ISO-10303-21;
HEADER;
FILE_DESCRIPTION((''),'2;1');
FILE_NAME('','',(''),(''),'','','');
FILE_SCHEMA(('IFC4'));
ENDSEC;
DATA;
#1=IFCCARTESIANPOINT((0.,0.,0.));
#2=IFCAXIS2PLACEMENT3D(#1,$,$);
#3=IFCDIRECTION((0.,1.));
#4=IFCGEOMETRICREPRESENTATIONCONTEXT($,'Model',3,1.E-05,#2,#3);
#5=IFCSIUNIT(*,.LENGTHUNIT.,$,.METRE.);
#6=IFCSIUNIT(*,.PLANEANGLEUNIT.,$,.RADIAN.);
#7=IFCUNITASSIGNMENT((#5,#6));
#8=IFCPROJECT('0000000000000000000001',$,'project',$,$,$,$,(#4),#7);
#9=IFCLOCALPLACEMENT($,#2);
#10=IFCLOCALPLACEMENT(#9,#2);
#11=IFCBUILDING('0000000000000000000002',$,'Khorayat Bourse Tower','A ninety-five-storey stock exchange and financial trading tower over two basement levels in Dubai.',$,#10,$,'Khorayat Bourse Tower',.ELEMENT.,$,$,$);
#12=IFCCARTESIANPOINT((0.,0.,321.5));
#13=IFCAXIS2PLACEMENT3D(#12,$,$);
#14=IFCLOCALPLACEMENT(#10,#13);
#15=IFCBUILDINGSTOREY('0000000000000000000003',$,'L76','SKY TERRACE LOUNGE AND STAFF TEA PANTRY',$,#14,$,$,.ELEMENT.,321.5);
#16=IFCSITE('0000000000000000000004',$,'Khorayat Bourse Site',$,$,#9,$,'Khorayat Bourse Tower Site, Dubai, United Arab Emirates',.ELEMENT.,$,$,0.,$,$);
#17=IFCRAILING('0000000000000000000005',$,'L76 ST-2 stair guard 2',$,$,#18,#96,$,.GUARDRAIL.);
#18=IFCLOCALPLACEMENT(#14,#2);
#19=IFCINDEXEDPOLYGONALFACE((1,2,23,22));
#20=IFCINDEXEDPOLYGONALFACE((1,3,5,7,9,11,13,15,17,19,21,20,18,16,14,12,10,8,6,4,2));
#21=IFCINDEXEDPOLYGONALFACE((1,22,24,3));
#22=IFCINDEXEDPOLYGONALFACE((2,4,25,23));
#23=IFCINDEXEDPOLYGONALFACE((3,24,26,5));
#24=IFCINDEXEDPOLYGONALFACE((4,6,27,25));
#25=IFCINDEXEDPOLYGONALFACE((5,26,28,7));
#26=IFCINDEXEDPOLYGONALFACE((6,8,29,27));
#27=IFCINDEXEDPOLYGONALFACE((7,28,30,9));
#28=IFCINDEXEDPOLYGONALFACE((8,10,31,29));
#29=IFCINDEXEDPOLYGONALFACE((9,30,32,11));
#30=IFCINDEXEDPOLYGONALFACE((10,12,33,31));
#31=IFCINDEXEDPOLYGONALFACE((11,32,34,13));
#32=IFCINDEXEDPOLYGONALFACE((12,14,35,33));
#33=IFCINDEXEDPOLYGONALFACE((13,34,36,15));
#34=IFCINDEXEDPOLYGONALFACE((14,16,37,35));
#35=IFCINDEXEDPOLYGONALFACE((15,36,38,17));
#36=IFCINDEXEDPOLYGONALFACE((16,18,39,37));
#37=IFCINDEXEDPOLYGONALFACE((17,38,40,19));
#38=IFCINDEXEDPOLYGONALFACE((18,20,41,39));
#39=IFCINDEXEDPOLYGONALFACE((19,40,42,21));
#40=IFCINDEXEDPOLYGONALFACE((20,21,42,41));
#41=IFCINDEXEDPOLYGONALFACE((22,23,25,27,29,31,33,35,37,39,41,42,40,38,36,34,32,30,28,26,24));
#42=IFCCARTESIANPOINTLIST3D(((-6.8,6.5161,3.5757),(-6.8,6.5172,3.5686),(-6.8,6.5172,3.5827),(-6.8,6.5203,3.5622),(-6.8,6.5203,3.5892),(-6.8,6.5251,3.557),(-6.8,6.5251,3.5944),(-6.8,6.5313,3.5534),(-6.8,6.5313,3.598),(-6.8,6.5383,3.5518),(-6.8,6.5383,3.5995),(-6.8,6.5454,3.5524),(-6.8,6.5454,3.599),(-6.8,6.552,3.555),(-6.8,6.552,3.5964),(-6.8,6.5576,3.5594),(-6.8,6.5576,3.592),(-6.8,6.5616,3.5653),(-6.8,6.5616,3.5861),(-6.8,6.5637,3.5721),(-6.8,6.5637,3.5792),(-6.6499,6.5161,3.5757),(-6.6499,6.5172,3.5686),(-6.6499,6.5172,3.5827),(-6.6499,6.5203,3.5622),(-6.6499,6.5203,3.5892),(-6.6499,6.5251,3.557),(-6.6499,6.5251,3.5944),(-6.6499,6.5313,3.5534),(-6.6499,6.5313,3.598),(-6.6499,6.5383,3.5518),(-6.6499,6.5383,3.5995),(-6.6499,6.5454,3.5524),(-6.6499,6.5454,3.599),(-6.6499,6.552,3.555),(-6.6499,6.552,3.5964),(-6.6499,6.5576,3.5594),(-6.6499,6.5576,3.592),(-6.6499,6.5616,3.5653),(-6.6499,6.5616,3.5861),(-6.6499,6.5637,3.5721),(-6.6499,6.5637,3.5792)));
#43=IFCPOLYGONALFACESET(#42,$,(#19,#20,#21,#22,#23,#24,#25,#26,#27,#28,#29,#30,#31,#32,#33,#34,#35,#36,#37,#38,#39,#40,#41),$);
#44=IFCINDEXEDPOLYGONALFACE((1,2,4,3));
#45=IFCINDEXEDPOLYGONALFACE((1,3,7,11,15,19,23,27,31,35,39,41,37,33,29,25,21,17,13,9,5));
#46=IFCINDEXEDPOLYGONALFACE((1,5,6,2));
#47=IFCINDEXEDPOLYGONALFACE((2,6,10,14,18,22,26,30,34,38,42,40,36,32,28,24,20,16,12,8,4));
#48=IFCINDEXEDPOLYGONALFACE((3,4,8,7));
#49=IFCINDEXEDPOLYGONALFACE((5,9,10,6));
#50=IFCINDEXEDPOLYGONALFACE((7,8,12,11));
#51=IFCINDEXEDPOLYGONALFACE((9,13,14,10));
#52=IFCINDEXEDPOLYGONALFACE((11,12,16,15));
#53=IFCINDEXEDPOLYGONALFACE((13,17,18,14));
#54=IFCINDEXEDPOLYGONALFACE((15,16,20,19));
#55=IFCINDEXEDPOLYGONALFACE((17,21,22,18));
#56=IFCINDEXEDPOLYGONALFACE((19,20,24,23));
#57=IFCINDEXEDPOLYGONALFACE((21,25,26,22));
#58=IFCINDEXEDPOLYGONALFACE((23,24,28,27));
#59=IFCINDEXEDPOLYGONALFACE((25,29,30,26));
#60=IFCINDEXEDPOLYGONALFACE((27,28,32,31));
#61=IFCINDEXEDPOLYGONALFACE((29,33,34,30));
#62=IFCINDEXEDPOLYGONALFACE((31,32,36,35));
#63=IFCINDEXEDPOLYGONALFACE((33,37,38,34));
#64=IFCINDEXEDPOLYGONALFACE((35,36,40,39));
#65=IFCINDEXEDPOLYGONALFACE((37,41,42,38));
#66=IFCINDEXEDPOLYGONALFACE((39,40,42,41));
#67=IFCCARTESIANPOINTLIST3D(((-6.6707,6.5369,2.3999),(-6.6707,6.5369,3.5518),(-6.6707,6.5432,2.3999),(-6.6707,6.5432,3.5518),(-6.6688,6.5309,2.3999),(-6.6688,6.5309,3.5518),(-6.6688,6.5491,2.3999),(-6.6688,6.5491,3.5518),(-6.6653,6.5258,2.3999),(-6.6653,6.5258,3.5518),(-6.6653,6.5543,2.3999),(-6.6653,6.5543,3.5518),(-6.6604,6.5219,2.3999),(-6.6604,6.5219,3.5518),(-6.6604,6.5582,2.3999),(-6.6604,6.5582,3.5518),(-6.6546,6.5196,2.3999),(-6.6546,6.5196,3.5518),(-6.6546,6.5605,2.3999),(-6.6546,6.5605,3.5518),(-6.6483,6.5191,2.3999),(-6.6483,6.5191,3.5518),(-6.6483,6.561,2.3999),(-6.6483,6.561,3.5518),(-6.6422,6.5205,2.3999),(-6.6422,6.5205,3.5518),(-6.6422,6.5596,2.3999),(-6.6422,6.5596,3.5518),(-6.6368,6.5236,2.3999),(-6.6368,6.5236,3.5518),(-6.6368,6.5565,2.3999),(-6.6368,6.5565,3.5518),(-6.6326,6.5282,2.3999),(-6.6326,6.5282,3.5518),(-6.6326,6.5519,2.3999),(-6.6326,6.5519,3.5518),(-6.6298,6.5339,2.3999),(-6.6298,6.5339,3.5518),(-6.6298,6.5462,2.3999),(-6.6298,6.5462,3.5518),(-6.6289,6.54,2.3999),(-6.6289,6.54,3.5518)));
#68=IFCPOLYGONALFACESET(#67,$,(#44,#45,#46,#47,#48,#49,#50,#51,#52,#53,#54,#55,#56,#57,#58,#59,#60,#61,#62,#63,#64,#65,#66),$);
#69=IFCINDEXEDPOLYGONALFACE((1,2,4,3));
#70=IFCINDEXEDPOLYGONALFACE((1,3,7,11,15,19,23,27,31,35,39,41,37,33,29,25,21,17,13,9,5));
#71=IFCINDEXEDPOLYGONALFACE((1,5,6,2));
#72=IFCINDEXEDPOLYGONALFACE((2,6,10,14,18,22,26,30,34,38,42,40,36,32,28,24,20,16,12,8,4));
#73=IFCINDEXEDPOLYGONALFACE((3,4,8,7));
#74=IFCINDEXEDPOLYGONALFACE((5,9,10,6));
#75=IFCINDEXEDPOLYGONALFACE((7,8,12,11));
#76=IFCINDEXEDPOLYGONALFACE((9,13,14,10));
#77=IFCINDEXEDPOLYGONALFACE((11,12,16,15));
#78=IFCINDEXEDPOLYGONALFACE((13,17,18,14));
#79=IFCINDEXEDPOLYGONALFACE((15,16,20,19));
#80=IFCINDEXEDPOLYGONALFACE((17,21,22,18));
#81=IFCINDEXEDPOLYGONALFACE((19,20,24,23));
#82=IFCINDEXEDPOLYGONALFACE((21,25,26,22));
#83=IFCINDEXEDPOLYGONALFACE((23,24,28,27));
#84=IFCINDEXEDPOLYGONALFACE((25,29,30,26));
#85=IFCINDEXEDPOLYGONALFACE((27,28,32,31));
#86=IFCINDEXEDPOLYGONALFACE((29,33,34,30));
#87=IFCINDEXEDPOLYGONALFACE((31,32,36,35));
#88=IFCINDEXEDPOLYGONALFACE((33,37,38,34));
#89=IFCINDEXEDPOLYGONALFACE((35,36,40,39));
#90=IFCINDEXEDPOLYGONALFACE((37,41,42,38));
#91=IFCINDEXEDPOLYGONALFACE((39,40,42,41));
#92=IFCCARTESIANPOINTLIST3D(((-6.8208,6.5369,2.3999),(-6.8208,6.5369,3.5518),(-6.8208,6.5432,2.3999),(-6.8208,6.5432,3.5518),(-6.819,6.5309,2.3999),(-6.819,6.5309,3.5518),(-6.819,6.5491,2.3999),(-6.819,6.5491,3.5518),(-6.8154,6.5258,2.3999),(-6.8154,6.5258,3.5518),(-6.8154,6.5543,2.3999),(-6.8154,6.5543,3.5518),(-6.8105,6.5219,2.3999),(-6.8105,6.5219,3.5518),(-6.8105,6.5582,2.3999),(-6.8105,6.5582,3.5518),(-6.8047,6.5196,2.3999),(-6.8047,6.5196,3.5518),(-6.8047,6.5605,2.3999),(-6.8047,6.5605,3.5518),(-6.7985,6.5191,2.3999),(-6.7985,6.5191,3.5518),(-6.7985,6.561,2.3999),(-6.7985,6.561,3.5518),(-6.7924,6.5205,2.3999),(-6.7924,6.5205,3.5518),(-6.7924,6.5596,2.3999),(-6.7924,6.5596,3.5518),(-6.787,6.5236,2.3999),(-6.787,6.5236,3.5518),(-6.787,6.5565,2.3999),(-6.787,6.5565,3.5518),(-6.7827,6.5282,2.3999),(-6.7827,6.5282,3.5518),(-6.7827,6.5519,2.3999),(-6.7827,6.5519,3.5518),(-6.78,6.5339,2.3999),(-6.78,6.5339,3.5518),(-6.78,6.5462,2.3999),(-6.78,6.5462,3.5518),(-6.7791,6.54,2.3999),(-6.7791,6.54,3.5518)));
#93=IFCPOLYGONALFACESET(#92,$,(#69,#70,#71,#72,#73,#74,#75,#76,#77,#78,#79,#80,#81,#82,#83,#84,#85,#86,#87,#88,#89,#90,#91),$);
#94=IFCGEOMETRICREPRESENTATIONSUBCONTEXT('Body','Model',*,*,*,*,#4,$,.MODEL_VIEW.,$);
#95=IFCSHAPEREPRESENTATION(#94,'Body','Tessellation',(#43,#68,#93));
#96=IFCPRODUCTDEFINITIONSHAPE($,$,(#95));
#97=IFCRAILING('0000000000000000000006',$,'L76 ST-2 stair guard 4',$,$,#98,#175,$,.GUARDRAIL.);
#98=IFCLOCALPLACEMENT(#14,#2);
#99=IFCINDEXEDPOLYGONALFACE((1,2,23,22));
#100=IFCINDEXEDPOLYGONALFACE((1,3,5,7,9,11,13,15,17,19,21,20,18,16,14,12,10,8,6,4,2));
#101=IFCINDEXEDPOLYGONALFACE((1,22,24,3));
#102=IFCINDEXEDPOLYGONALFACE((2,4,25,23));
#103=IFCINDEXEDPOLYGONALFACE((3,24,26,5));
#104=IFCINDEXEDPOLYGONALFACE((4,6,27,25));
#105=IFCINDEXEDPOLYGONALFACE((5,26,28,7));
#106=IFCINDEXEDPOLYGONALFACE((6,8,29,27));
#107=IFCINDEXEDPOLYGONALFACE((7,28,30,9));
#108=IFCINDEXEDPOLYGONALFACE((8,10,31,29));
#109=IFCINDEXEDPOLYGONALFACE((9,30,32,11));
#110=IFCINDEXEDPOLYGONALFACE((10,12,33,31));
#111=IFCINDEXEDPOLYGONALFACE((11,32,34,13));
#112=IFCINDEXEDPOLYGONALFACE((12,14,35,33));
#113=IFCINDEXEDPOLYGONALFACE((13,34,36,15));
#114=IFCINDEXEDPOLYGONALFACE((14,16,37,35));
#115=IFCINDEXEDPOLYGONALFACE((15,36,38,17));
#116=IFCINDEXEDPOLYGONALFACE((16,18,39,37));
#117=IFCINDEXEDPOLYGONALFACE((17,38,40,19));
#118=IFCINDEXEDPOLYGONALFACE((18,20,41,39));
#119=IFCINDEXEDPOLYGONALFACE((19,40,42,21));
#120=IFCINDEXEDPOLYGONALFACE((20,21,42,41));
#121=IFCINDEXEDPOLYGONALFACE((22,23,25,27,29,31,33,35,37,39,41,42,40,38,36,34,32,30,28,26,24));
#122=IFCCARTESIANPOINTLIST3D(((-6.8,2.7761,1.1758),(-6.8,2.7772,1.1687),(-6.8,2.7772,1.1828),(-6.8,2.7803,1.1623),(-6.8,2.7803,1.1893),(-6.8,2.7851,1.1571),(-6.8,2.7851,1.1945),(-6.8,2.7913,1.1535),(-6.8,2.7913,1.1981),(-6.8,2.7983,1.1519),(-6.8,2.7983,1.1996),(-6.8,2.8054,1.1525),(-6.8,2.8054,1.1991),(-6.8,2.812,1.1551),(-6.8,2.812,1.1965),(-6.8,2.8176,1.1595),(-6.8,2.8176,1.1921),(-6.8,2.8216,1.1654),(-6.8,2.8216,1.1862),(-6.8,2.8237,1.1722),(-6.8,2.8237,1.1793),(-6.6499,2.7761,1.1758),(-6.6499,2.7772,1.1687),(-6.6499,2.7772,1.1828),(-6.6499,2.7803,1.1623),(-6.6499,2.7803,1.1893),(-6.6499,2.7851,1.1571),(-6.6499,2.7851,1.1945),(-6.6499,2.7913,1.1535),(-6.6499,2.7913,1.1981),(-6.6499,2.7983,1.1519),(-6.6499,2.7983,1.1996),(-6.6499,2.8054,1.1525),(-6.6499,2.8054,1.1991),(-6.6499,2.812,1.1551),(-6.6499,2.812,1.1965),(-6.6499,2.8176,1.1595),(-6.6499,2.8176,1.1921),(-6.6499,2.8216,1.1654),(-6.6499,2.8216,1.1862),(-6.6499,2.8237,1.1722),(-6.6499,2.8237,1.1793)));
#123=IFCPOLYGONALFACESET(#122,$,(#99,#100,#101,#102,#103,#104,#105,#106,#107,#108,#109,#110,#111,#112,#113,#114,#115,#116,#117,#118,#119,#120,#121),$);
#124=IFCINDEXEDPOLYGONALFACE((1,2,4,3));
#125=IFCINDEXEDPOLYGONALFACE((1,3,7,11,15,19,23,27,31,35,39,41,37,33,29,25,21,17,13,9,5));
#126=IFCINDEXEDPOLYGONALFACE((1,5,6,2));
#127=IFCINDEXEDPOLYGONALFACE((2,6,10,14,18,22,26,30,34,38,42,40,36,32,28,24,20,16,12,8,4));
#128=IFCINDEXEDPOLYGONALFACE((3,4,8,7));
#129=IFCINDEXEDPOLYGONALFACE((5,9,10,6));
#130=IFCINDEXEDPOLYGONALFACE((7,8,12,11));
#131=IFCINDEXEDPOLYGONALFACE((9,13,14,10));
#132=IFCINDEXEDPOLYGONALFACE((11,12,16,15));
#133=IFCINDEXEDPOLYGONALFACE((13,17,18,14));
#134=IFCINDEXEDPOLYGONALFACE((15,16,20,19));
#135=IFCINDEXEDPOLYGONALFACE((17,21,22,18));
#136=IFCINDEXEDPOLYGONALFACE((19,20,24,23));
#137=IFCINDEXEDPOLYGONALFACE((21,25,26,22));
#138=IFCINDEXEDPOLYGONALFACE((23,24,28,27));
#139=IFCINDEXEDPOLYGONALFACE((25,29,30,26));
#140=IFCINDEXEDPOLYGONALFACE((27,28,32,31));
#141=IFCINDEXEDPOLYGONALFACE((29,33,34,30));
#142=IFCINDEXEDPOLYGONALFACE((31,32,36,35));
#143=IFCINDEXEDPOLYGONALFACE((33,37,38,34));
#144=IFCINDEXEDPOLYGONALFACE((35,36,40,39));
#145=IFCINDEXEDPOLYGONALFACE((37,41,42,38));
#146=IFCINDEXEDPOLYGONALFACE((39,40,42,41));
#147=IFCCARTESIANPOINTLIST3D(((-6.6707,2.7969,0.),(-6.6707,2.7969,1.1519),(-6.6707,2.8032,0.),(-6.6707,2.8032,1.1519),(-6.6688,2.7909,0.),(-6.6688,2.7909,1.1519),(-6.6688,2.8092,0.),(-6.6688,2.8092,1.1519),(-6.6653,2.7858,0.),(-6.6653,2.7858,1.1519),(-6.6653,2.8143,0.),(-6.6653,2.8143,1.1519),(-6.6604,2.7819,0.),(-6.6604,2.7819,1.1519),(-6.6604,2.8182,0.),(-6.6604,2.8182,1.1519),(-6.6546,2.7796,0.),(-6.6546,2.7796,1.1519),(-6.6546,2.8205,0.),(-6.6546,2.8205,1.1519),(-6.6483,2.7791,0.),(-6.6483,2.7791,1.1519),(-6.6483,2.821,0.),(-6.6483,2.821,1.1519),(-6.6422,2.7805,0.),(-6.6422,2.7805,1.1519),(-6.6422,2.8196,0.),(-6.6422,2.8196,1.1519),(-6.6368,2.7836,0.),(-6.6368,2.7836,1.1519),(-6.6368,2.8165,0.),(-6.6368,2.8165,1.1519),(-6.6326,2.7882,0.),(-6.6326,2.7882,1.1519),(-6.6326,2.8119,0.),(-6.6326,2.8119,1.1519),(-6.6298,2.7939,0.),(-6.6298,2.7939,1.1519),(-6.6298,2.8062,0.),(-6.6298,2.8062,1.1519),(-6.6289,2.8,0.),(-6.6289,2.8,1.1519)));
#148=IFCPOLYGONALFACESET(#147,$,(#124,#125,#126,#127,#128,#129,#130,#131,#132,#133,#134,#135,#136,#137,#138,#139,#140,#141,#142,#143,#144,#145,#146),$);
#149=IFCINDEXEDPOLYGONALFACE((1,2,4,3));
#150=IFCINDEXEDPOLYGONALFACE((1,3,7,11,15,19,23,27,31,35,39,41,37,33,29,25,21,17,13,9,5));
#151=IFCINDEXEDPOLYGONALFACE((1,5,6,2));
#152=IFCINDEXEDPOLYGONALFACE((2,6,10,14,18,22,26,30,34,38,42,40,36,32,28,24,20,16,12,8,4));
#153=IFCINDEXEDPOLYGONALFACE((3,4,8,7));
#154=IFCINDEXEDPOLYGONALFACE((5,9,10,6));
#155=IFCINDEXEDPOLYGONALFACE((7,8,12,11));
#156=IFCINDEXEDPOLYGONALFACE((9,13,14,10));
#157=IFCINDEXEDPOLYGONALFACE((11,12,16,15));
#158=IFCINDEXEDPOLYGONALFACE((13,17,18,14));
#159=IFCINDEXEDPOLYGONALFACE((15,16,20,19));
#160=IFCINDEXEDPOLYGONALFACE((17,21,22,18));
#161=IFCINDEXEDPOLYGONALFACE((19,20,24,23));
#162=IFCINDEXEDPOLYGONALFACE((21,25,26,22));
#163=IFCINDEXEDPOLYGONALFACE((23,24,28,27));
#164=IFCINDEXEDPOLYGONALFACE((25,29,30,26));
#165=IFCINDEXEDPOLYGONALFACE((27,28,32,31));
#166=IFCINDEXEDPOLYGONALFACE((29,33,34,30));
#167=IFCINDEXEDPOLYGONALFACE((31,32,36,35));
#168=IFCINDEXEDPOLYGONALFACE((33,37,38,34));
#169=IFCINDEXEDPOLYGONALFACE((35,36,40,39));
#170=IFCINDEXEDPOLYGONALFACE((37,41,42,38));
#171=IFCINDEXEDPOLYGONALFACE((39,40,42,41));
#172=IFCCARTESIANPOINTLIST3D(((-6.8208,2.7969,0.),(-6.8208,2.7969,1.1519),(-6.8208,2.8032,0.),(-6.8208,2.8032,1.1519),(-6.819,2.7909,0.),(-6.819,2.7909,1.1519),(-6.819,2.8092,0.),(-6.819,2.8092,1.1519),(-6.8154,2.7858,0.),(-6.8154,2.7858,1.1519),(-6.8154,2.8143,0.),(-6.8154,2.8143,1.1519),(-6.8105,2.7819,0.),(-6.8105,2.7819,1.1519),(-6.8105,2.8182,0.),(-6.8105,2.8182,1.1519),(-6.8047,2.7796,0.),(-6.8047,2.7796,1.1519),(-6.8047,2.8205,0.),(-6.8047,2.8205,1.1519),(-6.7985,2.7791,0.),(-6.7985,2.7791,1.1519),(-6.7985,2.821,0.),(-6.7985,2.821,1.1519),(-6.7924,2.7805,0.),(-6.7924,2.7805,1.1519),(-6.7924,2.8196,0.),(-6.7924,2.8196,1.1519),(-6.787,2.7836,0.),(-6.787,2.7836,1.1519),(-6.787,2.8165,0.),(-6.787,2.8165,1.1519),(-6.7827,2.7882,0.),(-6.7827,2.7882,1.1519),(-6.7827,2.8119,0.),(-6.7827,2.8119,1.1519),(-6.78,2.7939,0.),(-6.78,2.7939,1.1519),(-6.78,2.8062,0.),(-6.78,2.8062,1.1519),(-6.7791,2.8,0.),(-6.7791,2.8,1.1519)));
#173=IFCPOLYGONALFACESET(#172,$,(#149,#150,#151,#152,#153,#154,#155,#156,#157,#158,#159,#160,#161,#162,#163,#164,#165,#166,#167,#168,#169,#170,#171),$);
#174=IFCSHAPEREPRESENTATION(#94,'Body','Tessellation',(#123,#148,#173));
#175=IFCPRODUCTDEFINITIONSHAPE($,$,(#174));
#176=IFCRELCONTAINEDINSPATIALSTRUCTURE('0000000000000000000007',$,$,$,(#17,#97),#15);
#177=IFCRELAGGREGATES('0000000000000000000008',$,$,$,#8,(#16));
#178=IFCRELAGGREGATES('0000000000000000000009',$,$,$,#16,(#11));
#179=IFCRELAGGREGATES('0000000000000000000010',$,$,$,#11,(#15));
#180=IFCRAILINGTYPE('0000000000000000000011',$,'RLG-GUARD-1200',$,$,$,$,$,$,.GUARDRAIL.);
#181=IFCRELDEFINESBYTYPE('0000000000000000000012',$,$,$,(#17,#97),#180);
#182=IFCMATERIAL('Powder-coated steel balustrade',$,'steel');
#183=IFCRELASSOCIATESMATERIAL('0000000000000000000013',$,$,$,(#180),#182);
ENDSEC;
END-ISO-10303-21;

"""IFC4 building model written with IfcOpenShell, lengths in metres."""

from ifc_helpers import new_model, si_unit, direction, frame, origin, origin_2d, place, context, subcontext, project, spatial, circle, extrude, source, transform, mapped, material, type_object, element, save


model = new_model("IFC4")

# Units and contexts
model_context = context("Model", 3, precision=1e-05, world=origin(), true_north=direction((0.0, 1.0)))
body_context = subcontext(model_context, "Body", "Model", "MODEL_VIEW")
ifc_project = project(units=[si_unit("LENGTHUNIT", "METRE"), si_unit("PLANEANGLEUNIT", "RADIAN")], contexts=[model_context])

# Site, building, storey
site_placement = place(None, origin())
site = spatial("IfcSite", under=ifc_project, at=site_placement, Name="Khorayat Bourse Site", LongName="Khorayat Bourse Tower Site, Dubai, United Arab Emirates", CompositionType="ELEMENT", RefElevation=0.0)
building_placement = place(site_placement, origin())
building = spatial("IfcBuilding", under=site, at=building_placement, Name="Khorayat Bourse Tower", Description="A ninety-five-storey stock exchange and financial trading tower over two basement levels in Dubai.", LongName="Khorayat Bourse Tower", CompositionType="ELEMENT")
storey_placement = place(building_placement, frame((0.0, 0.0, 321.5)))
storey = spatial("IfcBuildingStorey", under=building, at=storey_placement, Name="L76", Description="SKY TERRACE LOUNGE AND STAFF TEA PANTRY", CompositionType="ELEMENT", Elevation=321.5)

# Railings
ifc_material_1 = material(Name="Powder-coated steel balustrade", Category="steel")
railing_type_1 = type_object("IfcRailingType", Name="RLG-GUARD-1200", PredefinedType="GUARDRAIL", material=ifc_material_1)
shared_shape_1 = source(origin(), body_context, "Body", "SweptSolid", [
    extrude(circle(Radius=0.0239, at=origin_2d()), frame((0.0, 0.0, 1.1758), z_axis=(-1.0, 0.0, 0.0), x_axis=(0.0, -1.0, 0.0)), (0.0, 0.0, 1.0), 0.1501),
    extrude(circle(Radius=0.021, at=origin_2d()), origin(), (0.0, 0.0, 1.0), 1.1519),
    extrude(circle(Radius=0.021, at=origin_2d()), frame((-0.1501, 0.0, 0.0)), (0.0, 0.0, 1.0), 1.1519),
])
for number, where, name in (
    (1, (-6.6499, 6.54, 2.3999), "L76 ST-2 stair guard 2"),
    (2, (-6.6499, 2.8, 0.0), "L76 ST-2 stair guard 4"),
):
    element("IfcRailing", number, at=place(storey_placement, frame(where)), inside=storey, type_object=railing_type_1, Name=name, PredefinedType="GUARDRAIL", context=body_context, shape_type="MappedRepresentation", body=[
        mapped(shared_shape_1, transform((0.0, 0.0, 0.0), scale=1.0)),
    ])

save(model, "model.ifc")
